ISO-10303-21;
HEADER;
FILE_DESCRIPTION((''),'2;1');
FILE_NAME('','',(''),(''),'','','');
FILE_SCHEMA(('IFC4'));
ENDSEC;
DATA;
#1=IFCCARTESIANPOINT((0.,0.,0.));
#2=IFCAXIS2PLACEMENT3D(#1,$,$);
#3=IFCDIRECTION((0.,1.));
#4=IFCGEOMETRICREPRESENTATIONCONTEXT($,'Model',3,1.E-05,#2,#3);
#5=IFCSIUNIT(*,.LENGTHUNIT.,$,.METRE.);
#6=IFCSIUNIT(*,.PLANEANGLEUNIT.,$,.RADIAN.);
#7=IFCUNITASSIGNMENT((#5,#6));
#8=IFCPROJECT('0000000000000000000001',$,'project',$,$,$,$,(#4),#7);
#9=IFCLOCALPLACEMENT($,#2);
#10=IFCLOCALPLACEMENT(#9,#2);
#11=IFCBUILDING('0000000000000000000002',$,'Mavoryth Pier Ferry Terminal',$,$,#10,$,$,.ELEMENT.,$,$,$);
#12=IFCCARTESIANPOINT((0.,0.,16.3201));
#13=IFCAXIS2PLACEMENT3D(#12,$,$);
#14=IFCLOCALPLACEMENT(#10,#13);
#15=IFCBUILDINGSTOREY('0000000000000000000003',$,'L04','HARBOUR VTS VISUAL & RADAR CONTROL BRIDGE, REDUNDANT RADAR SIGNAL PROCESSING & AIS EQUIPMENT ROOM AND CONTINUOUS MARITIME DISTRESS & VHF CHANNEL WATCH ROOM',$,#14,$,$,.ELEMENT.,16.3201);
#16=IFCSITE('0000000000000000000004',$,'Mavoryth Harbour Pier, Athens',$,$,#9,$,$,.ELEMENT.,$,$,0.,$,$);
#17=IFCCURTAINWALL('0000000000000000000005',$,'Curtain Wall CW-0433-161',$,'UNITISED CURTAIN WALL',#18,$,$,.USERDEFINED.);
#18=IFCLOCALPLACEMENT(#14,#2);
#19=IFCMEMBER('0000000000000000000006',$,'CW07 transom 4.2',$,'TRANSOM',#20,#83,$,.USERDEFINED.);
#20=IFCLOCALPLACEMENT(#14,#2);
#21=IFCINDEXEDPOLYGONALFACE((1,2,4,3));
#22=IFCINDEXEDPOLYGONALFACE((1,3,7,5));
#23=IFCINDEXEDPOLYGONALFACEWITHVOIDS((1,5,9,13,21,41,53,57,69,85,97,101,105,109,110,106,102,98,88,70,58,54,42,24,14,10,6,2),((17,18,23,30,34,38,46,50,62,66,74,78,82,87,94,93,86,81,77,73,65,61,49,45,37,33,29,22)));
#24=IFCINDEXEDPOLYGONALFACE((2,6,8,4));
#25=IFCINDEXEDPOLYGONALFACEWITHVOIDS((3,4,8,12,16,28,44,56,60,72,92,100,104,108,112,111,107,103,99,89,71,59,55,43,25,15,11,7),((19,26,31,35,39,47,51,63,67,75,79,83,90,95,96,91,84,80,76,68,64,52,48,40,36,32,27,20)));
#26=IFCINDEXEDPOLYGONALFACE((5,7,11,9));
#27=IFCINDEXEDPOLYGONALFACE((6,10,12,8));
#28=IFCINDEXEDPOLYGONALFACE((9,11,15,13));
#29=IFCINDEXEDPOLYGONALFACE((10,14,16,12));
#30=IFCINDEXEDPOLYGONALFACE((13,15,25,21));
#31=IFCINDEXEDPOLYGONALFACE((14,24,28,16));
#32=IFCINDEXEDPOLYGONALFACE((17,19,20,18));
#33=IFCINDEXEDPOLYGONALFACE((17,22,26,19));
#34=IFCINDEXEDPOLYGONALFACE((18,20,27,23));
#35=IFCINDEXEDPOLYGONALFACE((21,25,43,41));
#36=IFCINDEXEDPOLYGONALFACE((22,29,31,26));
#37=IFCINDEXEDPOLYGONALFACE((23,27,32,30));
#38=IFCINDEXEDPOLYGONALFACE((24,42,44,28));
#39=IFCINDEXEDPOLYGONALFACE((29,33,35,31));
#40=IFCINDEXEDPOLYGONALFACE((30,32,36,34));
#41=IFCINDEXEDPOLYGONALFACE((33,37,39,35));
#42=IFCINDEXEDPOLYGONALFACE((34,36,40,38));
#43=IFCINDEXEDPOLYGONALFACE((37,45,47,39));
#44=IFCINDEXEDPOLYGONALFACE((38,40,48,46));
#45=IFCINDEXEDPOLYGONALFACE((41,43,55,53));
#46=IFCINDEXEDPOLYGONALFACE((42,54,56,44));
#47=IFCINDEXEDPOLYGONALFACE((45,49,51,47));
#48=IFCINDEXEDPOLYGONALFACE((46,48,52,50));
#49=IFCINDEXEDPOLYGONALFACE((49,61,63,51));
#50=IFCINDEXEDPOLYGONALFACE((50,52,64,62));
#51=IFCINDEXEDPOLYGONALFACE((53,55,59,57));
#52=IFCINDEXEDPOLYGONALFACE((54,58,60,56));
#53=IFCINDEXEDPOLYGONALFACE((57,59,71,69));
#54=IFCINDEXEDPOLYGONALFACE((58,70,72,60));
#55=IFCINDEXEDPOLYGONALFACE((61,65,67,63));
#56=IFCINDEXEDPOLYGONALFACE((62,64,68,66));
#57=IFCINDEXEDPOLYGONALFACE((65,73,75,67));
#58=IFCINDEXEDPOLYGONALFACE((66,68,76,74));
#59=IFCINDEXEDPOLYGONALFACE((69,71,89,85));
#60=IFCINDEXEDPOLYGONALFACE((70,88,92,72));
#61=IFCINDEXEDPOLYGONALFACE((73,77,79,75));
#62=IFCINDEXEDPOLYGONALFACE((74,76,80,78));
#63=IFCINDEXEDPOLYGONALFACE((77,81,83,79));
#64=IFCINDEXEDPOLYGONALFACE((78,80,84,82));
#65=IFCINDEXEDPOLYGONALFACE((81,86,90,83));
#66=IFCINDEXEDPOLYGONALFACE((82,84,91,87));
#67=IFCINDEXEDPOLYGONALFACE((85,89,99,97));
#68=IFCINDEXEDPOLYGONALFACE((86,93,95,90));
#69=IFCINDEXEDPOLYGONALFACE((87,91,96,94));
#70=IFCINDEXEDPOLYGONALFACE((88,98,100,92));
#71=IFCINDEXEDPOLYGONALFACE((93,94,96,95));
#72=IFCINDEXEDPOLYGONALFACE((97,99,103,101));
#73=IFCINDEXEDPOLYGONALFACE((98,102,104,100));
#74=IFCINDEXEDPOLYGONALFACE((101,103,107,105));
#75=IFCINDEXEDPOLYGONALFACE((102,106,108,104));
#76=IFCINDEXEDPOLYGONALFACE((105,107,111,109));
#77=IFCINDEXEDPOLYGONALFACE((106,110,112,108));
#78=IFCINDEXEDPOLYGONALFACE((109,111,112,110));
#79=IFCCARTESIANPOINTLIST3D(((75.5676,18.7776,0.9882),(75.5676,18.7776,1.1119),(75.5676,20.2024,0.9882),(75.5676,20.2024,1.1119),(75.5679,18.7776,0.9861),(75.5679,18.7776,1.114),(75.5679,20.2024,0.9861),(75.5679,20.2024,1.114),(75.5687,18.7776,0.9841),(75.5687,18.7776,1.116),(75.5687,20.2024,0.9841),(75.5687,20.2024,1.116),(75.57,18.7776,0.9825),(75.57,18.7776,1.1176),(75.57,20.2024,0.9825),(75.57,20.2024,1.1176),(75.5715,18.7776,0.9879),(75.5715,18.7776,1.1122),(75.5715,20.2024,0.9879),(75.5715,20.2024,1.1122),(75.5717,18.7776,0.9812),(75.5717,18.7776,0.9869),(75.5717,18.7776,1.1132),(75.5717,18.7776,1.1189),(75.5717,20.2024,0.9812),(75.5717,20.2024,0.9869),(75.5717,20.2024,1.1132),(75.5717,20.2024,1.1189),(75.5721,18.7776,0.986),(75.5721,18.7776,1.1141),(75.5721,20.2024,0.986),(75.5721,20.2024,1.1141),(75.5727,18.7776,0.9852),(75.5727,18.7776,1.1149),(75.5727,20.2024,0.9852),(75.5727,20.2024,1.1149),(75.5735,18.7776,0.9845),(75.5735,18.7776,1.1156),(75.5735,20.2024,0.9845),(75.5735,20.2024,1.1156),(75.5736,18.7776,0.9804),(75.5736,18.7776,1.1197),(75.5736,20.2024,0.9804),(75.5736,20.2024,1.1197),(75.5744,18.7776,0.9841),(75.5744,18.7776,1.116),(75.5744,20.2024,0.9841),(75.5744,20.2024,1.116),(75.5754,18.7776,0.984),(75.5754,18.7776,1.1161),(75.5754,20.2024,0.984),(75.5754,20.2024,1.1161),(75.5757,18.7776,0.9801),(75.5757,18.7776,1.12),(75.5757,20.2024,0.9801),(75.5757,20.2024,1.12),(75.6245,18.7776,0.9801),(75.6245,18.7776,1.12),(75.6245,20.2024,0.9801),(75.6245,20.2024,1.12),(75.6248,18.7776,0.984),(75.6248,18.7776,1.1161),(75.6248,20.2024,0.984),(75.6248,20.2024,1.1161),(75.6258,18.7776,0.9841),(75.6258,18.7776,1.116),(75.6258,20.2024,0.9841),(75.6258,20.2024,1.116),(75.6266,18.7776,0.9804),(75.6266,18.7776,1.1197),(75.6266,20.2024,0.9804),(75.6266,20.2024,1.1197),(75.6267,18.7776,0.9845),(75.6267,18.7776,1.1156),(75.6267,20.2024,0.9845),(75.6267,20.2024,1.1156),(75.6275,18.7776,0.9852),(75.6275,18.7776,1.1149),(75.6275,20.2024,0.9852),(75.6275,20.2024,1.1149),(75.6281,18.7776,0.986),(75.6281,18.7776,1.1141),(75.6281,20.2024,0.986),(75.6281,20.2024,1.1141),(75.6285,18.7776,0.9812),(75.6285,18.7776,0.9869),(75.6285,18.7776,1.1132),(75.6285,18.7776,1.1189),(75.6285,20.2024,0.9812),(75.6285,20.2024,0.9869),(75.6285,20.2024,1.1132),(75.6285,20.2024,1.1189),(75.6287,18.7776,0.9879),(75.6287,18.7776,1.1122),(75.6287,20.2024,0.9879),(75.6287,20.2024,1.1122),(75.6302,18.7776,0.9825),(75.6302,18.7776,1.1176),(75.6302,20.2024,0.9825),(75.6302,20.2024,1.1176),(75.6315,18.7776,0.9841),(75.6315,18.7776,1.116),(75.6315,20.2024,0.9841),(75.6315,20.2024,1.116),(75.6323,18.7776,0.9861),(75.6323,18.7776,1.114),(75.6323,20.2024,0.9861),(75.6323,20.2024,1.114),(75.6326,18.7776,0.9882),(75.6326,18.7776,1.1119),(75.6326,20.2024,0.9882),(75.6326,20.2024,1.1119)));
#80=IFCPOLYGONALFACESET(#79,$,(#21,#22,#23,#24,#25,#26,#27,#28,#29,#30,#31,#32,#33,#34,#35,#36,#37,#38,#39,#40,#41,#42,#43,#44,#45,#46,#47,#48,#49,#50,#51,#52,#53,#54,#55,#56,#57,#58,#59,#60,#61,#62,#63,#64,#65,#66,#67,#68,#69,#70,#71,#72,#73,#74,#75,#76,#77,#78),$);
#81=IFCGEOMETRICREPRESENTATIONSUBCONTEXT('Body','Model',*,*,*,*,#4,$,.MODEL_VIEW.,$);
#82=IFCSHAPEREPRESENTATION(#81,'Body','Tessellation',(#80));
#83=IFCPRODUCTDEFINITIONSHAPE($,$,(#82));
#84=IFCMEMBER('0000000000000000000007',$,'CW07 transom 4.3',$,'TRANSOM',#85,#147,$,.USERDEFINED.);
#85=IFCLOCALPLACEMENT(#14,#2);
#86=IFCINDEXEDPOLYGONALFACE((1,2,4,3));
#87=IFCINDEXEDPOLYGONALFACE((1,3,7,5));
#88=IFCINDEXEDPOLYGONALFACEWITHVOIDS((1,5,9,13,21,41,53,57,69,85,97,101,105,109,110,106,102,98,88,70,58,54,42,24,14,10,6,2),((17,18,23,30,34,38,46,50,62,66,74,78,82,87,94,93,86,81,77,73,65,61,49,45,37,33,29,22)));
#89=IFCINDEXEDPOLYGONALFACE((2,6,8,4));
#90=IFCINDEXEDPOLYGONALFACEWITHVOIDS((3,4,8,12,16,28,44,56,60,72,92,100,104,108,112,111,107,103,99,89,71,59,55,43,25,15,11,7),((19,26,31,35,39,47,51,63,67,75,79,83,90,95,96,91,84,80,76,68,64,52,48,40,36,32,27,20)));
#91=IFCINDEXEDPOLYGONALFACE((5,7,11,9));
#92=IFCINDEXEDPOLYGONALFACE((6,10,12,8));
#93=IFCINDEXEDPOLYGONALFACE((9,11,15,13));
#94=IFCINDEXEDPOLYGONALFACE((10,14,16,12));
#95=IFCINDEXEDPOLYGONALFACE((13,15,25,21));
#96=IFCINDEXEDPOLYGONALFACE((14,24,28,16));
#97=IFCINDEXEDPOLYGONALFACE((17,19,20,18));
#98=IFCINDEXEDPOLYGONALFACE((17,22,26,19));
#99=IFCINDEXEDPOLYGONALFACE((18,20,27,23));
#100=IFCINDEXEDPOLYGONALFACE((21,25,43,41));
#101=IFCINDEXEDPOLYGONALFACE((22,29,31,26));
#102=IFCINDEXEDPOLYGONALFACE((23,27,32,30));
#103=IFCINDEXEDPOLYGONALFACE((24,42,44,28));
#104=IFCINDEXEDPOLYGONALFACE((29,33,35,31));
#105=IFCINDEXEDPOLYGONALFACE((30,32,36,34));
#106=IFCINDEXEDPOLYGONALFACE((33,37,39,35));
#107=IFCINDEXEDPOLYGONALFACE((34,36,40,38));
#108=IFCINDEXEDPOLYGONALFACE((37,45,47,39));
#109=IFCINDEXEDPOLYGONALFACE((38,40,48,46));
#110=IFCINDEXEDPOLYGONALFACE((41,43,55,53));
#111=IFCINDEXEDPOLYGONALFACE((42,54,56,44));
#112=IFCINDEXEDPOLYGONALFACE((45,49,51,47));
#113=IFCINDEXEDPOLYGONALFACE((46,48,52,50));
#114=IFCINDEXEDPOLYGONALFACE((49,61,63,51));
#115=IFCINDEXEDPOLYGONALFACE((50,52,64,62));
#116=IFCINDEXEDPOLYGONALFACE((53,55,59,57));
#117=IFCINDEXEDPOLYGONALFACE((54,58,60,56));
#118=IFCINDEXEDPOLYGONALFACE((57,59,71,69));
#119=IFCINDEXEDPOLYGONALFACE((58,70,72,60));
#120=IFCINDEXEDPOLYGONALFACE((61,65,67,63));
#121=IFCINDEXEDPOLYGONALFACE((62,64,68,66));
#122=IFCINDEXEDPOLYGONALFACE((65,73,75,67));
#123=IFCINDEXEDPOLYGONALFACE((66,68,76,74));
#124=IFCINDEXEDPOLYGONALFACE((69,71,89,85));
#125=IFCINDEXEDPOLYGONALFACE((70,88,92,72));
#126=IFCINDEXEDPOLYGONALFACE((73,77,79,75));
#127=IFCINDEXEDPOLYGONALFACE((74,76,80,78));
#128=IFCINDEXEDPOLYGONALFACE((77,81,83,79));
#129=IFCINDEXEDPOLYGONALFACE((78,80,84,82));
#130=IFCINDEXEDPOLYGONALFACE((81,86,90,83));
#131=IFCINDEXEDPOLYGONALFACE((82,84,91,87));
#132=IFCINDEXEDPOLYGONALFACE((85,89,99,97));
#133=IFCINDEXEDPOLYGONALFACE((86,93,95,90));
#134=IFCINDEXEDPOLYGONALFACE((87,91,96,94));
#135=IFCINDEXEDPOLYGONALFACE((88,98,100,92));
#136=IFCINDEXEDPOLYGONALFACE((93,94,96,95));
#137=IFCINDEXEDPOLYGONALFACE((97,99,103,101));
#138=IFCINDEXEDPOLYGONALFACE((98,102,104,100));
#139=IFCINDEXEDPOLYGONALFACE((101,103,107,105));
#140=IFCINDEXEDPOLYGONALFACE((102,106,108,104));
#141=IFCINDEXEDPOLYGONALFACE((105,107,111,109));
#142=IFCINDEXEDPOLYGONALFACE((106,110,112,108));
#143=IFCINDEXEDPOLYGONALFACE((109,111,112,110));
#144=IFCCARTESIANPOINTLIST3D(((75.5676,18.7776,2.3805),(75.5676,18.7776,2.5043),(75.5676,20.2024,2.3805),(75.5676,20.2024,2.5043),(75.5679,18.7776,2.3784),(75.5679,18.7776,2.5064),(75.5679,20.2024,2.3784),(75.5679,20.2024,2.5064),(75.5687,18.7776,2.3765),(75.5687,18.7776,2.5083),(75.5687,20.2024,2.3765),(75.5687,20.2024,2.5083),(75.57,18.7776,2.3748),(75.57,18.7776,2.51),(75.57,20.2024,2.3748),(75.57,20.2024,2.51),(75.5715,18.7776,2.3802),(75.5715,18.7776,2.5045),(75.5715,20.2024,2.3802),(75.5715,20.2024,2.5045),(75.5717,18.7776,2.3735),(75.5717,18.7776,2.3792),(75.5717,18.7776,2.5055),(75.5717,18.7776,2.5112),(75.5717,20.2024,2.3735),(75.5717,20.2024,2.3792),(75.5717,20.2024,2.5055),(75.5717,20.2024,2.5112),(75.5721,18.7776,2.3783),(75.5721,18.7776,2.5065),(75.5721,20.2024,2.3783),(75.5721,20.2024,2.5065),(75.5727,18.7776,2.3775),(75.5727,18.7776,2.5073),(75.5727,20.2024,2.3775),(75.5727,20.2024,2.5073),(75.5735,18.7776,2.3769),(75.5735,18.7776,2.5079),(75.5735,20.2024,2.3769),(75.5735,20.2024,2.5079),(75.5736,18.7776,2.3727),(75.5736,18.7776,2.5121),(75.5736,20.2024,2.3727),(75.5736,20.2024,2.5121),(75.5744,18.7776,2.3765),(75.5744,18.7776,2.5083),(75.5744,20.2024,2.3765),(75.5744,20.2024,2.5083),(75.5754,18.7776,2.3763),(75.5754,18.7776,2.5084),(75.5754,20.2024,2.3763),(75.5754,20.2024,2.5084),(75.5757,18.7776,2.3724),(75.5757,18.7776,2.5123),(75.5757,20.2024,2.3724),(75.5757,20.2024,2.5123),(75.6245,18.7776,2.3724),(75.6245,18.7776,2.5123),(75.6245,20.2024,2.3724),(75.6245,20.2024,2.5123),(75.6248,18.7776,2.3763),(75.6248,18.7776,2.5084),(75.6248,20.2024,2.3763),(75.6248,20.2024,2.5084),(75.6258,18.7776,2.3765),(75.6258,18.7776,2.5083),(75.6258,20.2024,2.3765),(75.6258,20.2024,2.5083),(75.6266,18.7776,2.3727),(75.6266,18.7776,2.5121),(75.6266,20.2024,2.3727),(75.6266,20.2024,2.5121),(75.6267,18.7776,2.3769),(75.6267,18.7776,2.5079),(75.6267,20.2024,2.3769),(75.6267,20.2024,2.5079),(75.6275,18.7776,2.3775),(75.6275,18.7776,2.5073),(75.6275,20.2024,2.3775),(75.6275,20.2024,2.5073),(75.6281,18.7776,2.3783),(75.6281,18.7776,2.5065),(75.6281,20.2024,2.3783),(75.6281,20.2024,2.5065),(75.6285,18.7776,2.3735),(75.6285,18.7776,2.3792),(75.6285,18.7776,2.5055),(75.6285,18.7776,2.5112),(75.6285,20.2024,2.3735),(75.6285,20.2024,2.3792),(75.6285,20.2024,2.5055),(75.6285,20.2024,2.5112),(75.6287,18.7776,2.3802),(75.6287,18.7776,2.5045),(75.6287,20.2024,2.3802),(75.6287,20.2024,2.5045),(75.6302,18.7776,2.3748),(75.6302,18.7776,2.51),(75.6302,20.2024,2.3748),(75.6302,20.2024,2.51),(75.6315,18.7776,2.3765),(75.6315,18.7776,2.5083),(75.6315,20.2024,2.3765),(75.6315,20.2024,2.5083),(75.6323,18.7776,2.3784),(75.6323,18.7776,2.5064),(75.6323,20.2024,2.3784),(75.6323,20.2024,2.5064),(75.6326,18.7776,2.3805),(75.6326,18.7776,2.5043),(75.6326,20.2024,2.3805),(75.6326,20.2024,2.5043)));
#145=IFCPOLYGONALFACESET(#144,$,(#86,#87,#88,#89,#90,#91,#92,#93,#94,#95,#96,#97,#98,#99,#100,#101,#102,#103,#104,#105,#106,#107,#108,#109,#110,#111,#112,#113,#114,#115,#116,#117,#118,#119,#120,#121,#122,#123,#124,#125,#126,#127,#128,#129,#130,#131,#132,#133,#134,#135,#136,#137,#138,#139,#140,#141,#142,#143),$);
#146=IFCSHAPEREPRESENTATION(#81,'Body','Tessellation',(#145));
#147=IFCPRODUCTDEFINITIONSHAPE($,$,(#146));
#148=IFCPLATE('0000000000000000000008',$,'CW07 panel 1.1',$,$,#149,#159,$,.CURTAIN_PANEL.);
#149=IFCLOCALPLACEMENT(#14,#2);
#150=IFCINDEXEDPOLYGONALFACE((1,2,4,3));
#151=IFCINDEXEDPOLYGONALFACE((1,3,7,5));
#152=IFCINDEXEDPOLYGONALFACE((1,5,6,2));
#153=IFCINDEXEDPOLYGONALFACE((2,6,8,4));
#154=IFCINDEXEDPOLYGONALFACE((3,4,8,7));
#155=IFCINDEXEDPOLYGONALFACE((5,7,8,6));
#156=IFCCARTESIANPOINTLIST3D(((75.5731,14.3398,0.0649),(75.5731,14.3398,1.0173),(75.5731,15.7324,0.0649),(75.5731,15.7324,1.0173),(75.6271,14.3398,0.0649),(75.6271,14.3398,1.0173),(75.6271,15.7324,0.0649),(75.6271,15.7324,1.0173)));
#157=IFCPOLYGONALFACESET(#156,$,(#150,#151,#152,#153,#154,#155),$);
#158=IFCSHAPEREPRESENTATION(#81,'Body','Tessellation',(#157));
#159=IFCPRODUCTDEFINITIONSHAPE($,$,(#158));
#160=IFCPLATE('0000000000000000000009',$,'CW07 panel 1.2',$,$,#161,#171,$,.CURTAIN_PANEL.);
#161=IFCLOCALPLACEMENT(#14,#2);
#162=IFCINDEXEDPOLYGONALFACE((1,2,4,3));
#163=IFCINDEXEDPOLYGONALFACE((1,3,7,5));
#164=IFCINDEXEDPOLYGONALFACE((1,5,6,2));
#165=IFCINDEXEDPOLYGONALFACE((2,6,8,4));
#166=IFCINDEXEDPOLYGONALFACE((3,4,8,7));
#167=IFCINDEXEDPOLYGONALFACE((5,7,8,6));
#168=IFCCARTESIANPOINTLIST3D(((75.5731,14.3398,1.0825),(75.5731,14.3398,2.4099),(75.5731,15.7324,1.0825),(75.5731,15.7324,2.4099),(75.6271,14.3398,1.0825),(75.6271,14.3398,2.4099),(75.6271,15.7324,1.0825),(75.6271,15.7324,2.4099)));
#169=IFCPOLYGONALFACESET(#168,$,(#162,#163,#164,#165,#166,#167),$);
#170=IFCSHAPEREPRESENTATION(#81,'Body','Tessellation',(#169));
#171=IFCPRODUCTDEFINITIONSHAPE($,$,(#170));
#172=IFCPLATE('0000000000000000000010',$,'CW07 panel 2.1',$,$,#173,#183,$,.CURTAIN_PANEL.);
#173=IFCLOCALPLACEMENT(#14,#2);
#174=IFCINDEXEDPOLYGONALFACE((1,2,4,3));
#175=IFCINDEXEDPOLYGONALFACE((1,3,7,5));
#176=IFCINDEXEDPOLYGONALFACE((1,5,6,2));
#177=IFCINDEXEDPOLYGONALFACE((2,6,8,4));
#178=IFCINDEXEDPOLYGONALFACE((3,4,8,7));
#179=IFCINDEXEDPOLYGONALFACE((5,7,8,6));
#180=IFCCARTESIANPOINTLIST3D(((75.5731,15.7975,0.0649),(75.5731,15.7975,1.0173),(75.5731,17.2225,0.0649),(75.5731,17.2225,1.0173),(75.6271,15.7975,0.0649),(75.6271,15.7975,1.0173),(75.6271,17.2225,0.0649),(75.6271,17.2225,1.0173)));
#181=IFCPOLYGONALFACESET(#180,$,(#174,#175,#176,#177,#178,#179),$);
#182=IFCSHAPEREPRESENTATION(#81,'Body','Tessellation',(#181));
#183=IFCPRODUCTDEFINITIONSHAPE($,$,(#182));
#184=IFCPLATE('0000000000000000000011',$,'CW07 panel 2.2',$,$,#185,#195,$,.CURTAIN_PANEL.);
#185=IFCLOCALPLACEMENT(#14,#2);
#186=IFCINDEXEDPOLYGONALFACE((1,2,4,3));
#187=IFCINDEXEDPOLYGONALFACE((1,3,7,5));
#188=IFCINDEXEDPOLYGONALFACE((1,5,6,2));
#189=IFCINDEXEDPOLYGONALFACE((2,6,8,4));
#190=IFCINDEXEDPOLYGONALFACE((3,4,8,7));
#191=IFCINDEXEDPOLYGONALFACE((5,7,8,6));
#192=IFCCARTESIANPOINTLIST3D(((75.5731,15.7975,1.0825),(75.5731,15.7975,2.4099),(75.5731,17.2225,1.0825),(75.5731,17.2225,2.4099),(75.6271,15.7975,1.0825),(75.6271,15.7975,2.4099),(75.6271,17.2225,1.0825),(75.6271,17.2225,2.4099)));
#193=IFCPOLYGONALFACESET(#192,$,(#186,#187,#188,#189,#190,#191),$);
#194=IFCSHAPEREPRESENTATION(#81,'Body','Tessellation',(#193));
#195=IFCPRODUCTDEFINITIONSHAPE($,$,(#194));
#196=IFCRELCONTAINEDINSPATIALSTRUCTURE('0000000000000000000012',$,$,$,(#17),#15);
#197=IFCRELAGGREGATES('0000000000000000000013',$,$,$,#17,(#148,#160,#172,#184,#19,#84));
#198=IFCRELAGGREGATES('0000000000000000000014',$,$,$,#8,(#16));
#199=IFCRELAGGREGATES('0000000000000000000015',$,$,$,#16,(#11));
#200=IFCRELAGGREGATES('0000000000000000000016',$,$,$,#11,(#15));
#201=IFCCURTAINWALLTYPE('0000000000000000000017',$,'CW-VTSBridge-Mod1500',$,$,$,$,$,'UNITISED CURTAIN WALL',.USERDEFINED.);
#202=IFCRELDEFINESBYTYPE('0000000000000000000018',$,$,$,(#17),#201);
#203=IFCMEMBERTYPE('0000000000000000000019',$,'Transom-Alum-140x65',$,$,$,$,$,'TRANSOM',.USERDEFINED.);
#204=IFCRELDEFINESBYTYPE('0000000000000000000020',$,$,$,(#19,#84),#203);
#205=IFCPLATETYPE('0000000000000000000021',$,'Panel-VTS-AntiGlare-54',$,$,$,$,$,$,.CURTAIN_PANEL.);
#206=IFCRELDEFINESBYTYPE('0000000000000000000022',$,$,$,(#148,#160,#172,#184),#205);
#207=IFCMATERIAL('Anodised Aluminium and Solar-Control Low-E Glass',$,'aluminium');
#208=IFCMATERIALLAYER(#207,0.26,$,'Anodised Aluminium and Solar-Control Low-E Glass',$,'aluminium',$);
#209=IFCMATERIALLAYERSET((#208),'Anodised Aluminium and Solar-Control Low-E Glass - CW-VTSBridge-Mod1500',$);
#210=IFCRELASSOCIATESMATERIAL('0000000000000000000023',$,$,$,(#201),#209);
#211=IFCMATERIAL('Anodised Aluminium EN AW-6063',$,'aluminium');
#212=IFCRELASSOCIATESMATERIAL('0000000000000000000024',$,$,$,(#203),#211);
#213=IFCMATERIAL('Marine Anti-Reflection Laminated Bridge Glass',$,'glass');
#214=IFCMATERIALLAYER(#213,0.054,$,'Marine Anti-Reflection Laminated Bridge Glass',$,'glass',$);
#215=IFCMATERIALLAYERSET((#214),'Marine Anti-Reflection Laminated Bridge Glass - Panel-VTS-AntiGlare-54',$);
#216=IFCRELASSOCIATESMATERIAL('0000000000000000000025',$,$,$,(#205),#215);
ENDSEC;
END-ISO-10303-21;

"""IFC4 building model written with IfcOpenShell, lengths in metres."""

from ifc_helpers import new_model, si_unit, direction, frame, origin, origin_2d, place, context, subcontext, project, spatial, rectangle, hollow_rectangle, extrude, material, layer, layer_set, material_profile, profile_set, type_object, element, aggregate, save


model = new_model("IFC4")

# Units and contexts
model_context = context("Model", 3, precision=1e-05, world=origin(), true_north=direction((0.0, 1.0)))
body_context = subcontext(model_context, "Body", "Model", "MODEL_VIEW")
ifc_project = project(units=[si_unit("LENGTHUNIT", "METRE"), si_unit("PLANEANGLEUNIT", "RADIAN")], contexts=[model_context])

# Site, building, storey
site_placement = place(None, origin())
site = spatial("IfcSite", under=ifc_project, at=site_placement, Name="Mavoryth Harbour Pier, Athens", CompositionType="ELEMENT", RefElevation=0.0)
building_placement = place(site_placement, origin())
building = spatial("IfcBuilding", under=site, at=building_placement, Name="Mavoryth Pier Ferry Terminal", CompositionType="ELEMENT")
storey_placement = place(building_placement, frame((0.0, 0.0, 16.3201)))
storey = spatial("IfcBuildingStorey", under=building, at=storey_placement, Name="L04", Description="HARBOUR VTS VISUAL & RADAR CONTROL BRIDGE, REDUNDANT RADAR SIGNAL PROCESSING & AIS EQUIPMENT ROOM AND CONTINUOUS MARITIME DISTRESS & VHF CHANNEL WATCH ROOM", CompositionType="ELEMENT", Elevation=16.3201)

# Curtain wall, members, plates
ifc_material_1 = material(Name="Anodised Aluminium and Solar-Control Low-E Glass", Category="aluminium")
ifc_layer_1 = layer(ifc_material_1, 0.26, Name="Anodised Aluminium and Solar-Control Low-E Glass", Category="aluminium")
ifc_layer_set_1 = layer_set([ifc_layer_1], Name="Anodised Aluminium and Solar-Control Low-E Glass - CW-VTSBridge-Mod1500")
curtain_wall_type = type_object("IfcCurtainWallType", Name="CW-VTSBridge-Mod1500", ElementType="UNITISED CURTAIN WALL", PredefinedType="USERDEFINED", material=ifc_layer_set_1)
curtain_wall_placement = place(storey_placement, origin())
curtain_wall = element("IfcCurtainWall", 1, at=curtain_wall_placement, inside=storey, type_object=curtain_wall_type, Name="Curtain Wall CW-0433-161", ObjectType="UNITISED CURTAIN WALL", PredefinedType="USERDEFINED")
ifc_material_2 = material(Name="Anodised Aluminium EN AW-6063", Category="aluminium")
ifc_material_profile_1 = material_profile(ifc_material_2, hollow_rectangle(XDim=0.0649, YDim=0.1399, WallThickness=0.0039, InnerFilletRadius=0.0039, OuterFilletRadius=0.0081, at=origin_2d()), Name="AL-TRAN 140x65x4", Category="aluminium")
ifc_profile_set_1 = profile_set([ifc_material_profile_1], Name="Anodised Aluminium EN AW-6063 - AL-TRAN 140x65x4")
member_type_1 = type_object("IfcMemberType", Name="Transom-Alum-140x65", ElementType="TRANSOM", PredefinedType="USERDEFINED", material=ifc_profile_set_1)
member_1_placement = place(storey_placement, frame((75.6001, 18.7776, 1.05), z_axis=(0.0, 1.0, 0.0), x_axis=(-1.0, 0.0, 0.0)))
member_1 = element("IfcMember", 2, at=member_1_placement, type_object=member_type_1, Name="CW07 transom 4.2", ObjectType="TRANSOM", PredefinedType="USERDEFINED", context=body_context, shape_type="SweptSolid", body=[
    extrude(hollow_rectangle(XDim=0.0649, YDim=0.1399, WallThickness=0.0039, InnerFilletRadius=0.0039, OuterFilletRadius=0.0081, at=origin_2d()), origin(), (0.0, 0.0, 1.0), 1.4248),
])
member_2_placement = place(storey_placement, frame((75.6001, 18.7776, 2.4424), z_axis=(0.0, 1.0, 0.0), x_axis=(-1.0, 0.0, 0.0)))
member_2 = element("IfcMember", 3, at=member_2_placement, type_object=member_type_1, Name="CW07 transom 4.3", ObjectType="TRANSOM", PredefinedType="USERDEFINED", context=body_context, shape_type="SweptSolid", body=[
    extrude(hollow_rectangle(XDim=0.0649, YDim=0.1399, WallThickness=0.0039, InnerFilletRadius=0.0039, OuterFilletRadius=0.0081, at=origin_2d()), origin(), (0.0, 0.0, 1.0), 1.4248),
])
ifc_material_3 = material(Name="Marine Anti-Reflection Laminated Bridge Glass", Category="glass")
ifc_layer_2 = layer(ifc_material_3, 0.054, Name="Marine Anti-Reflection Laminated Bridge Glass", Category="glass")
ifc_layer_set_2 = layer_set([ifc_layer_2], Name="Marine Anti-Reflection Laminated Bridge Glass - Panel-VTS-AntiGlare-54")
plate_type = type_object("IfcPlateType", Name="Panel-VTS-AntiGlare-54", PredefinedType="CURTAIN_PANEL", material=ifc_layer_set_2)
plate_1_placement = place(storey_placement, frame((75.6001, 15.0361, 0.0649), z_axis=(0.0, 0.0, 1.0), x_axis=(0.0, 1.0, 0.0)))
plate_1 = element("IfcPlate", 4, at=plate_1_placement, type_object=plate_type, Name="CW07 panel 1.1", PredefinedType="CURTAIN_PANEL", context=body_context, shape_type="SweptSolid", body=[
    extrude(rectangle(XDim=1.3926, YDim=0.054, at=origin_2d()), origin(), (0.0, 0.0, 1.0), 0.9524),
])
plate_2_placement = place(storey_placement, frame((75.6001, 15.0361, 1.0825), z_axis=(0.0, 0.0, 1.0), x_axis=(0.0, 1.0, 0.0)))
plate_2 = element("IfcPlate", 5, at=plate_2_placement, type_object=plate_type, Name="CW07 panel 1.2", PredefinedType="CURTAIN_PANEL", context=body_context, shape_type="SweptSolid", body=[
    extrude(rectangle(XDim=1.3926, YDim=0.054, at=origin_2d()), origin(), (0.0, 0.0, 1.0), 1.3274),
])
plate_3_placement = place(storey_placement, frame((75.6001, 16.51, 0.0649), z_axis=(0.0, 0.0, 1.0), x_axis=(0.0, 1.0, 0.0)))
plate_3 = element("IfcPlate", 6, at=plate_3_placement, type_object=plate_type, Name="CW07 panel 2.1", PredefinedType="CURTAIN_PANEL", context=body_context, shape_type="SweptSolid", body=[
    extrude(rectangle(XDim=1.425, YDim=0.054, at=origin_2d()), origin(), (0.0, 0.0, 1.0), 0.9524),
])
plate_4_placement = place(storey_placement, frame((75.6001, 16.51, 1.0825), z_axis=(0.0, 0.0, 1.0), x_axis=(0.0, 1.0, 0.0)))
plate_4 = element("IfcPlate", 7, at=plate_4_placement, type_object=plate_type, Name="CW07 panel 2.2", PredefinedType="CURTAIN_PANEL", context=body_context, shape_type="SweptSolid", body=[
    extrude(rectangle(XDim=1.425, YDim=0.054, at=origin_2d()), origin(), (0.0, 0.0, 1.0), 1.3274),
])
aggregate(curtain_wall, [plate_1, plate_2, plate_3, plate_4, member_1, member_2])

save(model, "model.ifc")
